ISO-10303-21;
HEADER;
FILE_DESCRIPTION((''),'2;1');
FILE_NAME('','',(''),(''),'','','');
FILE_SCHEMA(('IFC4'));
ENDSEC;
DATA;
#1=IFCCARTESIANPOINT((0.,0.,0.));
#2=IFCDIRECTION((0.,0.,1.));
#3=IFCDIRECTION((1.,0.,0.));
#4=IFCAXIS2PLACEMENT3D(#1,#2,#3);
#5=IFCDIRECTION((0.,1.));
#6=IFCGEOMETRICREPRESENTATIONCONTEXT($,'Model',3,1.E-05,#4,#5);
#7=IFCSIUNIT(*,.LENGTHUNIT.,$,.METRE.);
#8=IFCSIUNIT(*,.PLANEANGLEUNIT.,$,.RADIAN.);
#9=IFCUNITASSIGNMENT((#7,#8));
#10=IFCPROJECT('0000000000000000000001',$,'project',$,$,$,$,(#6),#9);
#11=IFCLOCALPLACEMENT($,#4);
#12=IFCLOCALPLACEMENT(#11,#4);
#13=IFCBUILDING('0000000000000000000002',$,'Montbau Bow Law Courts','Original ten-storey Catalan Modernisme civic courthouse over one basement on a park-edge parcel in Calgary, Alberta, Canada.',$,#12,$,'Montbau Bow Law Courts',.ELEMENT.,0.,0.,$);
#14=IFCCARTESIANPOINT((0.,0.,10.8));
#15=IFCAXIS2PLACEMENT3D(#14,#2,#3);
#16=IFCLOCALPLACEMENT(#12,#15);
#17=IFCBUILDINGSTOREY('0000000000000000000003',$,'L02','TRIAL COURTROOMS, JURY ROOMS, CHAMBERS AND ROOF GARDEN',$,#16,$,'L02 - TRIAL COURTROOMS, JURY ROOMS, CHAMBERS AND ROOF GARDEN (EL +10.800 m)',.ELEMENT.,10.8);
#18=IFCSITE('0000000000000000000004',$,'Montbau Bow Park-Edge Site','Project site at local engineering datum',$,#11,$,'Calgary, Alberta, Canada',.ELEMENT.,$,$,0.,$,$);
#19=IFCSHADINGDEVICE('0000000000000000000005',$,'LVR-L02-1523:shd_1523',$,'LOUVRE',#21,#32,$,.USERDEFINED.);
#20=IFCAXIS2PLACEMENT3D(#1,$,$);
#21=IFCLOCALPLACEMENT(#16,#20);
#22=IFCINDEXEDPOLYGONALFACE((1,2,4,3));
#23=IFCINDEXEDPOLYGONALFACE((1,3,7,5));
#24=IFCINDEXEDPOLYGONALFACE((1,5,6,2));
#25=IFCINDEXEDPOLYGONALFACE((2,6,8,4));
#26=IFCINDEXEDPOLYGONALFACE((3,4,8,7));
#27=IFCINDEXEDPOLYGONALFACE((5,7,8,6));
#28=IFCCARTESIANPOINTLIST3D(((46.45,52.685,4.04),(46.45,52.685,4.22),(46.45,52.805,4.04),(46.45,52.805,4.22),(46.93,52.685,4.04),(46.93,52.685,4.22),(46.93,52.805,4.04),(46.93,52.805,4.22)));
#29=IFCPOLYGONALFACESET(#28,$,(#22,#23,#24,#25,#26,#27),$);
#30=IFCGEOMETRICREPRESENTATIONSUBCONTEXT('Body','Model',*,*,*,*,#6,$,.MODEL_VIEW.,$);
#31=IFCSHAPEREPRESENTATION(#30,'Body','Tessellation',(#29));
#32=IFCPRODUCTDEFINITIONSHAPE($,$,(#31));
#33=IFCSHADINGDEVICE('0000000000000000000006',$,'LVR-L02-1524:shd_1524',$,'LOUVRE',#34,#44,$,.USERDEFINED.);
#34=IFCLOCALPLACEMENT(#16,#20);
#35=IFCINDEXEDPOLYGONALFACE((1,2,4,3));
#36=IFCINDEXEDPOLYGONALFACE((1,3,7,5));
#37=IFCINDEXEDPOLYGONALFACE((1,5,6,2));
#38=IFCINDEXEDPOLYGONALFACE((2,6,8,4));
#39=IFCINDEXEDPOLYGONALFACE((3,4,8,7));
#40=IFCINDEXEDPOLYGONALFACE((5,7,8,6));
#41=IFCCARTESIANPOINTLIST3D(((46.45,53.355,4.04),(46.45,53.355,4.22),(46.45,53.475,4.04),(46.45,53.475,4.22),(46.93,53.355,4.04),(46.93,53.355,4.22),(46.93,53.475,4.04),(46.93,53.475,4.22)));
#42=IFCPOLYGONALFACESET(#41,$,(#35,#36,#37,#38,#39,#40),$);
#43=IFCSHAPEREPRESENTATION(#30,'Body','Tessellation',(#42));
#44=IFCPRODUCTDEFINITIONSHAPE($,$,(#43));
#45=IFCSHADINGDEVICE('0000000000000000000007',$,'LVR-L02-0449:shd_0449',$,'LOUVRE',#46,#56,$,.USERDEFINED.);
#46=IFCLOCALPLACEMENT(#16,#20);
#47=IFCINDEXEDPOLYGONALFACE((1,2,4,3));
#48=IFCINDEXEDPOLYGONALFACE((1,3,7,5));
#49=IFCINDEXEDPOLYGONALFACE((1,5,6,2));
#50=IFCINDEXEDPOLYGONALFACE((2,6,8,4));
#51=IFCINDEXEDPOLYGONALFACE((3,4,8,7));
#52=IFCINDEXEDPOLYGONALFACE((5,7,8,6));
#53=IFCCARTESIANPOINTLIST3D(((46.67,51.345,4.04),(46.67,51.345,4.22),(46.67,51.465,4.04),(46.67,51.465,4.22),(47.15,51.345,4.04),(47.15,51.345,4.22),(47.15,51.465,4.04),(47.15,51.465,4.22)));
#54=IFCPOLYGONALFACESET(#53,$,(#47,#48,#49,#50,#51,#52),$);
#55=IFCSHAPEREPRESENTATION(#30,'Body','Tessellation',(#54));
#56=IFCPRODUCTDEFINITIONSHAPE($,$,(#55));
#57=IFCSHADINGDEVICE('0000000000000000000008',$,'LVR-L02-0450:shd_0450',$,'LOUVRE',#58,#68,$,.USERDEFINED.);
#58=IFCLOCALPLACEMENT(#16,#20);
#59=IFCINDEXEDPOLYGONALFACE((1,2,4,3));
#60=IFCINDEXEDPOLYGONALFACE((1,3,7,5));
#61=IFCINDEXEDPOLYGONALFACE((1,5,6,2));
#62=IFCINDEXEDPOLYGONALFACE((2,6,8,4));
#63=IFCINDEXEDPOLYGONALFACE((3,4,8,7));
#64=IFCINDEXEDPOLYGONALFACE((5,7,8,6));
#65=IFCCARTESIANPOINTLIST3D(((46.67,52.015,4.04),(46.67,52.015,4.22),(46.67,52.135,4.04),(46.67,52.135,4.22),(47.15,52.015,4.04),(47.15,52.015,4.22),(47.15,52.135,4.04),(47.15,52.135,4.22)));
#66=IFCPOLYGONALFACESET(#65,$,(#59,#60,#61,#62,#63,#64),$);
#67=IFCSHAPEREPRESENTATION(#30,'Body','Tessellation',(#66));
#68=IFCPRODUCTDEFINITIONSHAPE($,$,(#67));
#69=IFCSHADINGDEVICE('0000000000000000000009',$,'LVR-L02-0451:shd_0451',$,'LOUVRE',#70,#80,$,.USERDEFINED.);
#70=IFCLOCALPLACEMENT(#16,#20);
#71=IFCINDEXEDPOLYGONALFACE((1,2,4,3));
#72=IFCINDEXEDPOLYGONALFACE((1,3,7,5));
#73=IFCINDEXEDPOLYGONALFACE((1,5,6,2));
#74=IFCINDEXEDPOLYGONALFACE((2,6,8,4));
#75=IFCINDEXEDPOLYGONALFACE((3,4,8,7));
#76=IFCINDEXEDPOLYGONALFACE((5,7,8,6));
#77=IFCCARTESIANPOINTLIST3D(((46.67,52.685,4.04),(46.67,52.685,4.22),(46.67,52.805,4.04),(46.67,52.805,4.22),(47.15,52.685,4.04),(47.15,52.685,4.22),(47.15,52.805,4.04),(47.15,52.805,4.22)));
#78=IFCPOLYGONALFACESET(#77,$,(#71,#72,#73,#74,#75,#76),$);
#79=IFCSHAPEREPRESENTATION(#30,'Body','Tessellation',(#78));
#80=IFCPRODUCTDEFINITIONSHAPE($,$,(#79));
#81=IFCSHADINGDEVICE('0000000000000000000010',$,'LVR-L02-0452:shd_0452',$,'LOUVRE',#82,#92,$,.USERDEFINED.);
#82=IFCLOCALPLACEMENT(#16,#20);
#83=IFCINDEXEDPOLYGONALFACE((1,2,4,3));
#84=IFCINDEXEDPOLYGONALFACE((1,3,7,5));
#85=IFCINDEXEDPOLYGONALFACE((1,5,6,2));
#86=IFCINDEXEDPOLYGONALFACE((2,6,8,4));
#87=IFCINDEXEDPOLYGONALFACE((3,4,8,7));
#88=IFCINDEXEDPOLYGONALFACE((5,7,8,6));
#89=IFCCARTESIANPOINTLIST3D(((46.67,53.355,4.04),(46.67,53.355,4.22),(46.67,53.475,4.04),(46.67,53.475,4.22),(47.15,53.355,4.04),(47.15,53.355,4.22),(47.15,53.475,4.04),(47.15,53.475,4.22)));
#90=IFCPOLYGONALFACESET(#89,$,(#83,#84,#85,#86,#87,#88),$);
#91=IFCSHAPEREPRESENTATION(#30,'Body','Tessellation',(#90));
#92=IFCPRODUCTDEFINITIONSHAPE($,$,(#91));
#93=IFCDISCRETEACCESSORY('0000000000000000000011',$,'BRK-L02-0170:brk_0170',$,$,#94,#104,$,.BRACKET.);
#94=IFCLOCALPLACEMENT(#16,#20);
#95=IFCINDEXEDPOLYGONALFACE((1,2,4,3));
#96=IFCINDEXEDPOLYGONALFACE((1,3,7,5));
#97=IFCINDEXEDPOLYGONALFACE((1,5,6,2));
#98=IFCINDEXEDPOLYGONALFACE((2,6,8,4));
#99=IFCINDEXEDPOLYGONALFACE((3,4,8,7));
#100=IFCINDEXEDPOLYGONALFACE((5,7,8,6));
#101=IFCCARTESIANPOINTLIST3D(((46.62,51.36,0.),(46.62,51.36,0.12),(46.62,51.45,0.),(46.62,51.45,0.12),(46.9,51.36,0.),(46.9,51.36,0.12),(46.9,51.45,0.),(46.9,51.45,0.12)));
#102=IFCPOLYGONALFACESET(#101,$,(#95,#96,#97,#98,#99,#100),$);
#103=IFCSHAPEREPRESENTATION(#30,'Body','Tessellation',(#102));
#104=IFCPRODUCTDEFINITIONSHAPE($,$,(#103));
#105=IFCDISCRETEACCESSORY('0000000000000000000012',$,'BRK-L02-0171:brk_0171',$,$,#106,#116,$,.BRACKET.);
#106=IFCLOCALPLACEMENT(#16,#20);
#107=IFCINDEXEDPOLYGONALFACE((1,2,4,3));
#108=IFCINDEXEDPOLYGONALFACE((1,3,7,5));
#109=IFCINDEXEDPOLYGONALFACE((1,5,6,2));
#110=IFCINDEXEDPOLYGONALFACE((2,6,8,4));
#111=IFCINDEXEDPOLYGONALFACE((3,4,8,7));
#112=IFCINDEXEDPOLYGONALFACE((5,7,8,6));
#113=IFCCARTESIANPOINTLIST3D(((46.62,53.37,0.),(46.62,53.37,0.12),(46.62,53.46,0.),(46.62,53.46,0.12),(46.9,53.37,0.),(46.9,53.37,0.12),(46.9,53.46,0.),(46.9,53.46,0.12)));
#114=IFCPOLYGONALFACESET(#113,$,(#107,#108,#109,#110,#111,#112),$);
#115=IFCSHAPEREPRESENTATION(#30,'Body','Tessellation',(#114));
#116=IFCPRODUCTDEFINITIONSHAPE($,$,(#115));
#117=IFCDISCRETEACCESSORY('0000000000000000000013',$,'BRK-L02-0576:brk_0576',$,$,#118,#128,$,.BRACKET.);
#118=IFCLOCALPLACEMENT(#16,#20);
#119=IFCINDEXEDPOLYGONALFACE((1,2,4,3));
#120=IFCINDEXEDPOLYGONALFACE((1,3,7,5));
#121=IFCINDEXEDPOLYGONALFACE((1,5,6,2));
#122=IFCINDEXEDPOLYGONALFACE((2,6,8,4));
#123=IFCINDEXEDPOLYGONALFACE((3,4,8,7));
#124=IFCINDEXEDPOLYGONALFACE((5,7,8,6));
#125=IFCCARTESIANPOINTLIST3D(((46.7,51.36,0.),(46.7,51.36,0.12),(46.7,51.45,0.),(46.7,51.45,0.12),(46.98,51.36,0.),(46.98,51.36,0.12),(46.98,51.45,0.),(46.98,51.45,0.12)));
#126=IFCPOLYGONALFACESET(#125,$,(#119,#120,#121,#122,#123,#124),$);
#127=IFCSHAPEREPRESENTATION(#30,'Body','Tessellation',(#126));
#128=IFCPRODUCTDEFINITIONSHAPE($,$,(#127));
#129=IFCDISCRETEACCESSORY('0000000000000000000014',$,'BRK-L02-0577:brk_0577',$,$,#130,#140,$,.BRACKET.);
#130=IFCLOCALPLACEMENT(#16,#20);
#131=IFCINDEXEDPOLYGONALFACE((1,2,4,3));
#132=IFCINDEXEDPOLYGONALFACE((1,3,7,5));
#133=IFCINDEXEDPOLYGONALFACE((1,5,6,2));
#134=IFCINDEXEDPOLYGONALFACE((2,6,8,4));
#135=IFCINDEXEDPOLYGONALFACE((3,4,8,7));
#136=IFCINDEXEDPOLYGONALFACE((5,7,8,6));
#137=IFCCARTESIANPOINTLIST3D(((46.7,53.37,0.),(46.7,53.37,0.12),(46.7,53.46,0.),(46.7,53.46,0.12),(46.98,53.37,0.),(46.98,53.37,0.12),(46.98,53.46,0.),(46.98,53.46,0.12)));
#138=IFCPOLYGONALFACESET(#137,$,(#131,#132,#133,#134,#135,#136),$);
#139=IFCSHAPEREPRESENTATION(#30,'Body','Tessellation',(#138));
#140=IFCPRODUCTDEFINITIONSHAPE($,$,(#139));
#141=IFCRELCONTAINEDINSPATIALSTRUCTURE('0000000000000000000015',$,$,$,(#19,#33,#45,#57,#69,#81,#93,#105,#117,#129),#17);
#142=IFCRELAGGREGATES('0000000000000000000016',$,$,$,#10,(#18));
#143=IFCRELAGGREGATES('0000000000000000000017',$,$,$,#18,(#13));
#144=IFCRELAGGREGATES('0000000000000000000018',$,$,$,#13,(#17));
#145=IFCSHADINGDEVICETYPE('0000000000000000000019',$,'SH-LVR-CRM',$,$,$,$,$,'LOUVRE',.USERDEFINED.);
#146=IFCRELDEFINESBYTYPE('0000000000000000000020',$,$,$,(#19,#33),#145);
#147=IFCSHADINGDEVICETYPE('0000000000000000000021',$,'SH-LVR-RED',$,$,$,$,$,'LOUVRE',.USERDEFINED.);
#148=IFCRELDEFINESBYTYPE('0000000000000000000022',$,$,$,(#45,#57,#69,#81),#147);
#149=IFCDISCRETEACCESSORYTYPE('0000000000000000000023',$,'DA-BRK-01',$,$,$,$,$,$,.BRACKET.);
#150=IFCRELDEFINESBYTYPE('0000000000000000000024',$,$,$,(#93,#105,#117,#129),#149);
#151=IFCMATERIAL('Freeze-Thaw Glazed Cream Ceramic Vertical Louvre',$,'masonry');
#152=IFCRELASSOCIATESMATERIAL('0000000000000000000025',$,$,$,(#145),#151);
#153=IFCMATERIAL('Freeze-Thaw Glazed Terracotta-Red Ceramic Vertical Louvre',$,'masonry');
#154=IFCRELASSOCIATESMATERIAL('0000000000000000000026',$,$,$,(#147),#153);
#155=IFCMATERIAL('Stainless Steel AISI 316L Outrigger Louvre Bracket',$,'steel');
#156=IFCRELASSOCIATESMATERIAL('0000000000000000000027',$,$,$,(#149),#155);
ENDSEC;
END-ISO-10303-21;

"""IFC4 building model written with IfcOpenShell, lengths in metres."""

from ifc_helpers import new_model, si_unit, direction, frame, origin_with_axes, origin_2d_with_axis, place, context, subcontext, project, spatial, rectangle, extrude, material, type_object, element, save


model = new_model("IFC4")

# Units and contexts
model_context = context("Model", 3, precision=1e-05, world=origin_with_axes(), true_north=direction((0.0, 1.0)))
body_context = subcontext(model_context, "Body", "Model", "MODEL_VIEW")
ifc_project = project(units=[si_unit("LENGTHUNIT", "METRE"), si_unit("PLANEANGLEUNIT", "RADIAN")], contexts=[model_context])

# Site, building, storey
site_placement = place(None, origin_with_axes())
site = spatial("IfcSite", under=ifc_project, at=site_placement, Name="Montbau Bow Park-Edge Site", Description="Project site at local engineering datum", LongName="Calgary, Alberta, Canada", CompositionType="ELEMENT", RefElevation=0.0)
building_placement = place(site_placement, origin_with_axes())
building = spatial("IfcBuilding", under=site, at=building_placement, Name="Montbau Bow Law Courts", Description="Original ten-storey Catalan Modernisme civic courthouse over one basement on a park-edge parcel in Calgary, Alberta, Canada.", LongName="Montbau Bow Law Courts", CompositionType="ELEMENT", ElevationOfRefHeight=0.0, ElevationOfTerrain=0.0)
storey_placement = place(building_placement, frame((0.0, 0.0, 10.8), z_axis=(0.0, 0.0, 1.0), x_axis=(1.0, 0.0, 0.0)))
storey = spatial("IfcBuildingStorey", under=building, at=storey_placement, Name="L02", Description="TRIAL COURTROOMS, JURY ROOMS, CHAMBERS AND ROOF GARDEN", LongName="L02 - TRIAL COURTROOMS, JURY ROOMS, CHAMBERS AND ROOF GARDEN (EL +10.800 m)", CompositionType="ELEMENT", Elevation=10.8)

# Shading devices
ifc_material_1 = material(Name="Freeze-Thaw Glazed Cream Ceramic Vertical Louvre", Category="masonry")
shading_device_type_1 = type_object("IfcShadingDeviceType", Name="SH-LVR-CRM", ElementType="LOUVRE", PredefinedType="USERDEFINED", material=ifc_material_1)
for number, where, z_axis, x_axis, name in (
    (1, (46.69, 52.745, 14.84), (0.0, 0.0, 1.0), (-1.0, 0.0, 0.0), "LVR-L02-1523:shd_1523"),
    (2, (46.69, 53.415, 14.84), (0.0, 0.0, 1.0), (-1.0, 0.0, 0.0), "LVR-L02-1524:shd_1524"),
):
    element("IfcShadingDevice", number, at=place(None, frame(where, z_axis=z_axis, x_axis=x_axis)), inside=storey, type_object=shading_device_type_1, Name=name, ObjectType="LOUVRE", PredefinedType="USERDEFINED", context=body_context, shape_type="SweptSolid", body=[
        extrude(rectangle(XDim=0.48, YDim=0.12, at=origin_2d_with_axis()), origin_with_axes(), (0.0, 0.0, 1.0), 0.18),
    ])
ifc_material_2 = material(Name="Freeze-Thaw Glazed Terracotta-Red Ceramic Vertical Louvre", Category="masonry")
shading_device_type_2 = type_object("IfcShadingDeviceType", Name="SH-LVR-RED", ElementType="LOUVRE", PredefinedType="USERDEFINED", material=ifc_material_2)
for number, where, z_axis, x_axis, name in (
    (3, (46.91, 51.405, 14.84), (0.0, 0.0, 1.0), (1.0, 0.0, 0.0), "LVR-L02-0449:shd_0449"),
    (4, (46.91, 52.075, 14.84), (0.0, 0.0, 1.0), (1.0, 0.0, 0.0), "LVR-L02-0450:shd_0450"),
    (5, (46.91, 52.745, 14.84), (0.0, 0.0, 1.0), (1.0, 0.0, 0.0), "LVR-L02-0451:shd_0451"),
    (6, (46.91, 53.415, 14.84), (0.0, 0.0, 1.0), (1.0, 0.0, 0.0), "LVR-L02-0452:shd_0452"),
):
    element("IfcShadingDevice", number, at=place(None, frame(where, z_axis=z_axis, x_axis=x_axis)), inside=storey, type_object=shading_device_type_2, Name=name, ObjectType="LOUVRE", PredefinedType="USERDEFINED", context=body_context, shape_type="SweptSolid", body=[
        extrude(rectangle(XDim=0.48, YDim=0.12, at=origin_2d_with_axis()), origin_with_axes(), (0.0, 0.0, 1.0), 0.18),
    ])

# Discrete accessories
ifc_material_3 = material(Name="Stainless Steel AISI 316L Outrigger Louvre Bracket", Category="steel")
discrete_accessory_type = type_object("IfcDiscreteAccessoryType", Name="DA-BRK-01", PredefinedType="BRACKET", material=ifc_material_3)
for number, where, z_axis, x_axis, name in (
    (7, (46.76, 51.405, 10.8), (0.0, 0.0, 1.0), (1.0, 0.0, 0.0), "BRK-L02-0170:brk_0170"),
    (8, (46.76, 53.415, 10.8), (0.0, 0.0, 1.0), (1.0, 0.0, 0.0), "BRK-L02-0171:brk_0171"),
    (9, (46.84, 51.405, 10.8), (0.0, 0.0, 1.0), (-1.0, 0.0, 0.0), "BRK-L02-0576:brk_0576"),
    (10, (46.84, 53.415, 10.8), (0.0, 0.0, 1.0), (-1.0, 0.0, 0.0), "BRK-L02-0577:brk_0577"),
):
    element("IfcDiscreteAccessory", number, at=place(None, frame(where, z_axis=z_axis, x_axis=x_axis)), inside=storey, type_object=discrete_accessory_type, Name=name, PredefinedType="BRACKET", context=body_context, shape_type="SweptSolid", body=[
        extrude(rectangle(XDim=0.28, YDim=0.09, at=origin_2d_with_axis()), origin_with_axes(), (0.0, 0.0, 1.0), 0.12),
    ])

save(model, "model.ifc")
